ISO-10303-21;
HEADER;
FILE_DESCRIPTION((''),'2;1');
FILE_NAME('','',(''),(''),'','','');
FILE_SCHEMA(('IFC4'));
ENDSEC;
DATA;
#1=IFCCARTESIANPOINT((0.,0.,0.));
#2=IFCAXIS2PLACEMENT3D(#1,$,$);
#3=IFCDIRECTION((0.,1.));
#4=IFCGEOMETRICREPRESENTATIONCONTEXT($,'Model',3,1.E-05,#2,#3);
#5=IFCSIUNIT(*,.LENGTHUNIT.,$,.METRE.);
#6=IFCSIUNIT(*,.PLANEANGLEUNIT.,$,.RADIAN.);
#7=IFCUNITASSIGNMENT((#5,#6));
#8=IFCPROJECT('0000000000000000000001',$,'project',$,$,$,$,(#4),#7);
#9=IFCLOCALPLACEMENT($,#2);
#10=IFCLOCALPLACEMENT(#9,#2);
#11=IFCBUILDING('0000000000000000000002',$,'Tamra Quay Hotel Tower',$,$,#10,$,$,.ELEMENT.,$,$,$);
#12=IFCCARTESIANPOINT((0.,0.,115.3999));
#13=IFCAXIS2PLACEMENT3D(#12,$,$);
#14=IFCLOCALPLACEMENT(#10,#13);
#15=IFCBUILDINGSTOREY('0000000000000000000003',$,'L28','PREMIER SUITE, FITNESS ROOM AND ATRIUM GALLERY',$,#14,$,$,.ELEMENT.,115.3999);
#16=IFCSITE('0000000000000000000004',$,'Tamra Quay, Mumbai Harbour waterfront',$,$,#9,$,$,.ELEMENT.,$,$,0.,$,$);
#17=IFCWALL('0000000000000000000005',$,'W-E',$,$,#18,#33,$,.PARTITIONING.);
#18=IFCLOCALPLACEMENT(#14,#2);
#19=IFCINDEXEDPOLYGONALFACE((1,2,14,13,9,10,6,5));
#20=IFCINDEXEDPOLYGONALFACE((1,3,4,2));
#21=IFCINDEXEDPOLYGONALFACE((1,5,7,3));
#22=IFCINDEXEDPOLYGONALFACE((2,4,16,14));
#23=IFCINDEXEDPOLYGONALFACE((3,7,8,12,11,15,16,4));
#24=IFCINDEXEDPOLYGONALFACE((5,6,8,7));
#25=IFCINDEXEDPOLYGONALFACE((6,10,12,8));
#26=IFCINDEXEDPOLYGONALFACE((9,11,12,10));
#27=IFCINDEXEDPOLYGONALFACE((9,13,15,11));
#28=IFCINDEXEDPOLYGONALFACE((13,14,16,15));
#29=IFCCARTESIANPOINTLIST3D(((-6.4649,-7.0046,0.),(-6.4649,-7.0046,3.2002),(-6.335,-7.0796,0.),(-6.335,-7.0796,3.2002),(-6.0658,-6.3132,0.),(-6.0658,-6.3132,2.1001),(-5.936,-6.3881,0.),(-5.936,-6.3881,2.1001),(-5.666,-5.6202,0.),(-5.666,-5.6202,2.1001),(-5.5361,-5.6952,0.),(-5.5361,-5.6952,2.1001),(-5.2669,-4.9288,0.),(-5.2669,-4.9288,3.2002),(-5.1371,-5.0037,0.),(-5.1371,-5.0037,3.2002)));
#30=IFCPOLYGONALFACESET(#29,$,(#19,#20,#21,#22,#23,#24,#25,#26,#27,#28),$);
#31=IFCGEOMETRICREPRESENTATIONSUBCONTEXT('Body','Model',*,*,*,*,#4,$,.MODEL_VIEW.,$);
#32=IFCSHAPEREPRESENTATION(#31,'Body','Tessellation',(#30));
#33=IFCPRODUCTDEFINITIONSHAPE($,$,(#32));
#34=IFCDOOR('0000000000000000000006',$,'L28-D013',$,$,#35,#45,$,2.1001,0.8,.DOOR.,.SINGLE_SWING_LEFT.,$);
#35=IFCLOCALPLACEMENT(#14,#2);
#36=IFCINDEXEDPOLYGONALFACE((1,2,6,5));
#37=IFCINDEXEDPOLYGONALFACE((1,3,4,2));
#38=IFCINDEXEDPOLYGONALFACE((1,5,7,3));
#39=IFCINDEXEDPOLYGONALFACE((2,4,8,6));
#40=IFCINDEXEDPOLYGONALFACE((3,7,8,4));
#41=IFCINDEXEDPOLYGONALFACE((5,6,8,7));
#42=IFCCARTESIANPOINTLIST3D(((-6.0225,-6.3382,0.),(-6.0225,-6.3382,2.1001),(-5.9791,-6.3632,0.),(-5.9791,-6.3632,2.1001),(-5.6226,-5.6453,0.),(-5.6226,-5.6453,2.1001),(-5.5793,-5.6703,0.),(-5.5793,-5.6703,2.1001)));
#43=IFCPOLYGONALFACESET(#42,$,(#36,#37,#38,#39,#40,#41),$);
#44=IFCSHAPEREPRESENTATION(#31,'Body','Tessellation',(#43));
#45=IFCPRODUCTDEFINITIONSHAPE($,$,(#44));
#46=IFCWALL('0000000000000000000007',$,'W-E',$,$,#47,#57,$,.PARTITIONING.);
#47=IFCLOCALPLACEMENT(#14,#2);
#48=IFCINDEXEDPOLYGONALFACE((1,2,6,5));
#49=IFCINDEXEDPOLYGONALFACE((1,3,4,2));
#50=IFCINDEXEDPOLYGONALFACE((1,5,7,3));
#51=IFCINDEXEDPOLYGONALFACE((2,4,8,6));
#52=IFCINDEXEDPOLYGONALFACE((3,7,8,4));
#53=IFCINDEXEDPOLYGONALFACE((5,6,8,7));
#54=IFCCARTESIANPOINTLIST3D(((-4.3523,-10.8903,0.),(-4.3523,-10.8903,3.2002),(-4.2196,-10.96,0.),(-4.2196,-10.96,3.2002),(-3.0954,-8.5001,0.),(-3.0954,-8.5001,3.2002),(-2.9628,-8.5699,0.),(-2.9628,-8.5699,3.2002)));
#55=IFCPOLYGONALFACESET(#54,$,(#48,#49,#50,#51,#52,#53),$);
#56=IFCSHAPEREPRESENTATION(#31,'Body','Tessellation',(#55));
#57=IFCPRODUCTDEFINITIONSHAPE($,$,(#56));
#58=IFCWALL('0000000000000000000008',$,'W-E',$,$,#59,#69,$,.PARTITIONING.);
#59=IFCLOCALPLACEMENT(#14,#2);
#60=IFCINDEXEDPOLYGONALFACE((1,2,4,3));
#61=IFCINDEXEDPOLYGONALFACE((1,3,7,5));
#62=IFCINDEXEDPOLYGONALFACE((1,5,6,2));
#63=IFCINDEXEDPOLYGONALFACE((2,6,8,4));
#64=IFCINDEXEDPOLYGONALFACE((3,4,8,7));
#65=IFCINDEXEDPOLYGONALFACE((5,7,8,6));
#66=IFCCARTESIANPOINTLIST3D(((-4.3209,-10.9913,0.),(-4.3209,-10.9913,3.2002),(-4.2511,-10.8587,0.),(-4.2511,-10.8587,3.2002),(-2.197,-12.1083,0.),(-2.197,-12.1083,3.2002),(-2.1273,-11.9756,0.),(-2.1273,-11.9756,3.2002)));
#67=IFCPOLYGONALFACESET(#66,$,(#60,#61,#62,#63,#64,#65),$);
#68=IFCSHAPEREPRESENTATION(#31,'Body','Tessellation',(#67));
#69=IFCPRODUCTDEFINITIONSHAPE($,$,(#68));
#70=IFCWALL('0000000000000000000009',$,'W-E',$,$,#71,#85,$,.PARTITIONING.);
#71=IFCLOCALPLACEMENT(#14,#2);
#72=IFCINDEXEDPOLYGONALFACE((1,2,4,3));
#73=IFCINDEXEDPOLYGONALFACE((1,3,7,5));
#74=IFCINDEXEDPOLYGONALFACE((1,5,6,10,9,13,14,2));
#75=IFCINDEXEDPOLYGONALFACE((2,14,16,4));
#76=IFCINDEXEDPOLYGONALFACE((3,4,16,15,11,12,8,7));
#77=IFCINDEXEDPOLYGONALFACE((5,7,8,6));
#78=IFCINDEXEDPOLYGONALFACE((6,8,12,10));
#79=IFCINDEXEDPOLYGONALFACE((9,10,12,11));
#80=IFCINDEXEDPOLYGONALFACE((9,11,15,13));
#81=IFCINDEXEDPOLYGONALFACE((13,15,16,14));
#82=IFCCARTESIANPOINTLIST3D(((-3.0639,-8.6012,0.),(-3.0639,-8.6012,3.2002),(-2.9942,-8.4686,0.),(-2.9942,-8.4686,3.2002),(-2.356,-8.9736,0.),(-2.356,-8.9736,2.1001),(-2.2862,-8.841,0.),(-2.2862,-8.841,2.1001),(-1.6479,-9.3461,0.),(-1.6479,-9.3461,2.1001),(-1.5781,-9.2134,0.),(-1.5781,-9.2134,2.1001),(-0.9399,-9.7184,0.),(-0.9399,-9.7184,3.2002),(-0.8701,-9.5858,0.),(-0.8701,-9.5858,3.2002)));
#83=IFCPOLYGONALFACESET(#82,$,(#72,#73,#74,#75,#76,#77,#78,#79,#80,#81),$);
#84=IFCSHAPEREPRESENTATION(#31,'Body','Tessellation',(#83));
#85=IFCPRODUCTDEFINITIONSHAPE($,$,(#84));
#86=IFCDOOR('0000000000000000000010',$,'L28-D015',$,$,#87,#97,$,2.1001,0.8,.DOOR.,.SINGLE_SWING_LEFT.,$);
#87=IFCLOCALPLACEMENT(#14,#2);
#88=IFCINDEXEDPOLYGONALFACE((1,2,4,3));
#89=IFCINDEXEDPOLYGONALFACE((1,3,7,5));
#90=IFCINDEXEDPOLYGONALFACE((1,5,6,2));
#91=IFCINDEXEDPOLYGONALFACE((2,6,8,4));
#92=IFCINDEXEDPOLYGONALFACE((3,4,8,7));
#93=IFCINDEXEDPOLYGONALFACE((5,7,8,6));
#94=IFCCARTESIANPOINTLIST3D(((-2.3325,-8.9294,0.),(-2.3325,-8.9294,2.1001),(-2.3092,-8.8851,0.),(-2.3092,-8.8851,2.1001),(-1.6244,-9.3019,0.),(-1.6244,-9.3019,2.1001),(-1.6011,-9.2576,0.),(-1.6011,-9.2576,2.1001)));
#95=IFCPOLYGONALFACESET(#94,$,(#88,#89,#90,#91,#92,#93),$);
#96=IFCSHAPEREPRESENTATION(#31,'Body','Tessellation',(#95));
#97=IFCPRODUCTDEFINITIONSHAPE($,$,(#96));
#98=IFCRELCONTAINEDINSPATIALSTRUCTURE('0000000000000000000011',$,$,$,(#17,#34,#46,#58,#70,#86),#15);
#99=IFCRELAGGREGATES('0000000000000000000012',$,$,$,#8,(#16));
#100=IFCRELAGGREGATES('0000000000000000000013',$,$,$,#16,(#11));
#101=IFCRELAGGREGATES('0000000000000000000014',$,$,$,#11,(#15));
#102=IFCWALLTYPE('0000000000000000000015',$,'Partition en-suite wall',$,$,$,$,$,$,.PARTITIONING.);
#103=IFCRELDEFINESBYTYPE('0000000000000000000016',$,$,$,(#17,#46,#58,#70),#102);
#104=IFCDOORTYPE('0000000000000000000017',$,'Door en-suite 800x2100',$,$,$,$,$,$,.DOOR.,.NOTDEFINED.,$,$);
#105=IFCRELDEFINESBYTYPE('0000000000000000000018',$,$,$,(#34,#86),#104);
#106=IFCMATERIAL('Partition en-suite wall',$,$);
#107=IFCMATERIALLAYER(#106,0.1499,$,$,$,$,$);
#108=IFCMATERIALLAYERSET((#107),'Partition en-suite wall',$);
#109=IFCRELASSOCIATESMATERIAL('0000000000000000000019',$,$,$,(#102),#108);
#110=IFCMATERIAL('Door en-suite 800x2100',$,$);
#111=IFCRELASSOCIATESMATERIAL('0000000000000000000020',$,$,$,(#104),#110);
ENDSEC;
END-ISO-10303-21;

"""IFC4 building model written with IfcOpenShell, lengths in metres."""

from ifc_helpers import new_model, si_unit, direction, frame, frame_2d, origin, place, context, subcontext, project, spatial, rectangle, extrude, material, layer, layer_set, type_object, element, fill, save


model = new_model("IFC4")

# Units and contexts
model_context = context("Model", 3, precision=1e-05, world=origin(), true_north=direction((0.0, 1.0)))
body_context = subcontext(model_context, "Body", "Model", "MODEL_VIEW")
ifc_project = project(units=[si_unit("LENGTHUNIT", "METRE"), si_unit("PLANEANGLEUNIT", "RADIAN")], contexts=[model_context])

# Site, building, storey
site_placement = place(None, origin())
site = spatial("IfcSite", under=ifc_project, at=site_placement, Name="Tamra Quay, Mumbai Harbour waterfront", CompositionType="ELEMENT", RefElevation=0.0)
building_placement = place(site_placement, origin())
building = spatial("IfcBuilding", under=site, at=building_placement, Name="Tamra Quay Hotel Tower", CompositionType="ELEMENT")
storey_placement = place(building_placement, frame((0.0, 0.0, 115.3999)))
storey = spatial("IfcBuildingStorey", under=building, at=storey_placement, Name="L28", Description="PREMIER SUITE, FITNESS ROOM AND ATRIUM GALLERY", CompositionType="ELEMENT", Elevation=115.3999)

# Shared definitions
ifc_material_1 = material(Name="Partition en-suite wall")
ifc_layer_1 = layer(ifc_material_1, 0.1499)
ifc_layer_set_1 = layer_set([ifc_layer_1], Name="Partition en-suite wall")
wall_type_1 = type_object("IfcWallType", Name="Partition en-suite wall", PredefinedType="PARTITIONING", material=ifc_layer_set_1)

# Wall, opening, door
wall_1_placement = place(storey_placement, frame((-6.3999, -7.042, 0.0), z_axis=(0.0, 0.0, 1.0), x_axis=(0.499831, 0.866123, 0.0)))
wall_1 = element("IfcWall", 1, at=wall_1_placement, inside=storey, type_object=wall_type_1, Name="W-E", PredefinedType="PARTITIONING", context=body_context, shape_type="SweptSolid", body=[
    extrude(rectangle(XDim=2.3967, YDim=0.1499, at=frame_2d((1.1982, 0.0))), origin(), (0.0, 0.0, 1.0), 3.2002),
])
opening_1_placement = place(wall_1_placement, frame((0.7983, 0.0, 0.0)))
opening_1 = element("IfcOpeningElement", 2, at=opening_1_placement, cuts=wall_1, PredefinedType="OPENING", context=body_context, shape_type="SweptSolid", body=[
    extrude(rectangle(XDim=0.8, YDim=2.1001, at=frame_2d((0.3999, 1.05))), frame((0.0, 0.085, 0.0), z_axis=(0.0, -1.0, 0.0), x_axis=(1.0, 0.0, 0.0)), (0.0, 0.0, 1.0), 0.1699),
])
ifc_material_2 = material(Name="Door en-suite 800x2100")
door_type_1 = type_object("IfcDoorType", Name="Door en-suite 800x2100", OperationType="NOTDEFINED", PredefinedType="DOOR", material=ifc_material_2)
door_1_placement = place(opening_1_placement, origin())
door_1 = element("IfcDoor", 3, at=door_1_placement, inside=storey, type_object=door_type_1, Name="L28-D013", OperationType="SINGLE_SWING_LEFT", OverallHeight=2.1001, OverallWidth=0.8, PredefinedType="DOOR", context=body_context, shape_type="SweptSolid", body=[
    extrude(rectangle(XDim=0.8, YDim=2.1001, at=frame_2d((0.3999, 1.05))), frame((0.0, 0.0249, 0.0), z_axis=(0.0, -1.0, 0.0), x_axis=(1.0, 0.0, 0.0)), (0.0, 0.0, 1.0), 0.05),
])
fill(opening_1, door_1)

# Walls
wall_2_placement = place(storey_placement, frame((-4.2859, -10.925, 0.0), z_axis=(0.0, 0.0, 1.0), x_axis=(0.465419, 0.885091, 0.0)))
element("IfcWall", 4, at=wall_2_placement, inside=storey, type_object=wall_type_1, Name="W-E", PredefinedType="PARTITIONING", context=body_context, shape_type="SweptSolid", body=[
    extrude(rectangle(XDim=2.7004, YDim=0.1499, at=frame_2d((1.3501, 0.0))), origin(), (0.0, 0.0, 1.0), 3.2002),
])
wall_3_placement = place(storey_placement, frame((-4.2859, -10.925, 0.0), z_axis=(0.0, 0.0, 1.0), x_axis=(0.885062, -0.465474, 0.0)))
element("IfcWall", 5, at=wall_3_placement, inside=storey, type_object=wall_type_1, Name="W-E", PredefinedType="PARTITIONING", context=body_context, shape_type="SweptSolid", body=[
    extrude(rectangle(XDim=2.3997, YDim=0.1499, at=frame_2d((1.1997, 0.0))), origin(), (0.0, 0.0, 1.0), 3.2002),
])

# Wall, opening, door
wall_4_placement = place(storey_placement, frame((-3.0291, -8.5349, 0.0), z_axis=(0.0, 0.0, 1.0), x_axis=(0.885042, -0.465512, 0.0)))
wall_4 = element("IfcWall", 6, at=wall_4_placement, inside=storey, type_object=wall_type_1, Name="W-E", PredefinedType="PARTITIONING", context=body_context, shape_type="SweptSolid", body=[
    extrude(rectangle(XDim=2.3999, YDim=0.1499, at=frame_2d((1.2, 0.0))), origin(), (0.0, 0.0, 1.0), 3.2002),
])
opening_2_placement = place(wall_4_placement, frame((0.8, 0.0, 0.0)))
opening_2 = element("IfcOpeningElement", 7, at=opening_2_placement, cuts=wall_4, PredefinedType="OPENING", context=body_context, shape_type="SweptSolid", body=[
    extrude(rectangle(XDim=0.8, YDim=2.1001, at=frame_2d((0.3999, 1.05))), frame((0.0, 0.085, 0.0), z_axis=(0.0, -1.0, 0.0), x_axis=(1.0, 0.0, 0.0)), (0.0, 0.0, 1.0), 0.1699),
])
door_2_placement = place(opening_2_placement, frame((0.8, 0.0, 0.0), z_axis=(0.0, 0.0, 1.0), x_axis=(-1.0, 0.0, 0.0)))
door_2 = element("IfcDoor", 8, at=door_2_placement, inside=storey, type_object=door_type_1, Name="L28-D015", OperationType="SINGLE_SWING_LEFT", OverallHeight=2.1001, OverallWidth=0.8, PredefinedType="DOOR", context=body_context, shape_type="SweptSolid", body=[
    extrude(rectangle(XDim=0.8, YDim=2.1001, at=frame_2d((0.3999, 1.05))), frame((0.0, 0.0249, 0.0), z_axis=(0.0, -1.0, 0.0), x_axis=(1.0, 0.0, 0.0)), (0.0, 0.0, 1.0), 0.05),
])
fill(opening_2, door_2)

save(model, "model.ifc")
